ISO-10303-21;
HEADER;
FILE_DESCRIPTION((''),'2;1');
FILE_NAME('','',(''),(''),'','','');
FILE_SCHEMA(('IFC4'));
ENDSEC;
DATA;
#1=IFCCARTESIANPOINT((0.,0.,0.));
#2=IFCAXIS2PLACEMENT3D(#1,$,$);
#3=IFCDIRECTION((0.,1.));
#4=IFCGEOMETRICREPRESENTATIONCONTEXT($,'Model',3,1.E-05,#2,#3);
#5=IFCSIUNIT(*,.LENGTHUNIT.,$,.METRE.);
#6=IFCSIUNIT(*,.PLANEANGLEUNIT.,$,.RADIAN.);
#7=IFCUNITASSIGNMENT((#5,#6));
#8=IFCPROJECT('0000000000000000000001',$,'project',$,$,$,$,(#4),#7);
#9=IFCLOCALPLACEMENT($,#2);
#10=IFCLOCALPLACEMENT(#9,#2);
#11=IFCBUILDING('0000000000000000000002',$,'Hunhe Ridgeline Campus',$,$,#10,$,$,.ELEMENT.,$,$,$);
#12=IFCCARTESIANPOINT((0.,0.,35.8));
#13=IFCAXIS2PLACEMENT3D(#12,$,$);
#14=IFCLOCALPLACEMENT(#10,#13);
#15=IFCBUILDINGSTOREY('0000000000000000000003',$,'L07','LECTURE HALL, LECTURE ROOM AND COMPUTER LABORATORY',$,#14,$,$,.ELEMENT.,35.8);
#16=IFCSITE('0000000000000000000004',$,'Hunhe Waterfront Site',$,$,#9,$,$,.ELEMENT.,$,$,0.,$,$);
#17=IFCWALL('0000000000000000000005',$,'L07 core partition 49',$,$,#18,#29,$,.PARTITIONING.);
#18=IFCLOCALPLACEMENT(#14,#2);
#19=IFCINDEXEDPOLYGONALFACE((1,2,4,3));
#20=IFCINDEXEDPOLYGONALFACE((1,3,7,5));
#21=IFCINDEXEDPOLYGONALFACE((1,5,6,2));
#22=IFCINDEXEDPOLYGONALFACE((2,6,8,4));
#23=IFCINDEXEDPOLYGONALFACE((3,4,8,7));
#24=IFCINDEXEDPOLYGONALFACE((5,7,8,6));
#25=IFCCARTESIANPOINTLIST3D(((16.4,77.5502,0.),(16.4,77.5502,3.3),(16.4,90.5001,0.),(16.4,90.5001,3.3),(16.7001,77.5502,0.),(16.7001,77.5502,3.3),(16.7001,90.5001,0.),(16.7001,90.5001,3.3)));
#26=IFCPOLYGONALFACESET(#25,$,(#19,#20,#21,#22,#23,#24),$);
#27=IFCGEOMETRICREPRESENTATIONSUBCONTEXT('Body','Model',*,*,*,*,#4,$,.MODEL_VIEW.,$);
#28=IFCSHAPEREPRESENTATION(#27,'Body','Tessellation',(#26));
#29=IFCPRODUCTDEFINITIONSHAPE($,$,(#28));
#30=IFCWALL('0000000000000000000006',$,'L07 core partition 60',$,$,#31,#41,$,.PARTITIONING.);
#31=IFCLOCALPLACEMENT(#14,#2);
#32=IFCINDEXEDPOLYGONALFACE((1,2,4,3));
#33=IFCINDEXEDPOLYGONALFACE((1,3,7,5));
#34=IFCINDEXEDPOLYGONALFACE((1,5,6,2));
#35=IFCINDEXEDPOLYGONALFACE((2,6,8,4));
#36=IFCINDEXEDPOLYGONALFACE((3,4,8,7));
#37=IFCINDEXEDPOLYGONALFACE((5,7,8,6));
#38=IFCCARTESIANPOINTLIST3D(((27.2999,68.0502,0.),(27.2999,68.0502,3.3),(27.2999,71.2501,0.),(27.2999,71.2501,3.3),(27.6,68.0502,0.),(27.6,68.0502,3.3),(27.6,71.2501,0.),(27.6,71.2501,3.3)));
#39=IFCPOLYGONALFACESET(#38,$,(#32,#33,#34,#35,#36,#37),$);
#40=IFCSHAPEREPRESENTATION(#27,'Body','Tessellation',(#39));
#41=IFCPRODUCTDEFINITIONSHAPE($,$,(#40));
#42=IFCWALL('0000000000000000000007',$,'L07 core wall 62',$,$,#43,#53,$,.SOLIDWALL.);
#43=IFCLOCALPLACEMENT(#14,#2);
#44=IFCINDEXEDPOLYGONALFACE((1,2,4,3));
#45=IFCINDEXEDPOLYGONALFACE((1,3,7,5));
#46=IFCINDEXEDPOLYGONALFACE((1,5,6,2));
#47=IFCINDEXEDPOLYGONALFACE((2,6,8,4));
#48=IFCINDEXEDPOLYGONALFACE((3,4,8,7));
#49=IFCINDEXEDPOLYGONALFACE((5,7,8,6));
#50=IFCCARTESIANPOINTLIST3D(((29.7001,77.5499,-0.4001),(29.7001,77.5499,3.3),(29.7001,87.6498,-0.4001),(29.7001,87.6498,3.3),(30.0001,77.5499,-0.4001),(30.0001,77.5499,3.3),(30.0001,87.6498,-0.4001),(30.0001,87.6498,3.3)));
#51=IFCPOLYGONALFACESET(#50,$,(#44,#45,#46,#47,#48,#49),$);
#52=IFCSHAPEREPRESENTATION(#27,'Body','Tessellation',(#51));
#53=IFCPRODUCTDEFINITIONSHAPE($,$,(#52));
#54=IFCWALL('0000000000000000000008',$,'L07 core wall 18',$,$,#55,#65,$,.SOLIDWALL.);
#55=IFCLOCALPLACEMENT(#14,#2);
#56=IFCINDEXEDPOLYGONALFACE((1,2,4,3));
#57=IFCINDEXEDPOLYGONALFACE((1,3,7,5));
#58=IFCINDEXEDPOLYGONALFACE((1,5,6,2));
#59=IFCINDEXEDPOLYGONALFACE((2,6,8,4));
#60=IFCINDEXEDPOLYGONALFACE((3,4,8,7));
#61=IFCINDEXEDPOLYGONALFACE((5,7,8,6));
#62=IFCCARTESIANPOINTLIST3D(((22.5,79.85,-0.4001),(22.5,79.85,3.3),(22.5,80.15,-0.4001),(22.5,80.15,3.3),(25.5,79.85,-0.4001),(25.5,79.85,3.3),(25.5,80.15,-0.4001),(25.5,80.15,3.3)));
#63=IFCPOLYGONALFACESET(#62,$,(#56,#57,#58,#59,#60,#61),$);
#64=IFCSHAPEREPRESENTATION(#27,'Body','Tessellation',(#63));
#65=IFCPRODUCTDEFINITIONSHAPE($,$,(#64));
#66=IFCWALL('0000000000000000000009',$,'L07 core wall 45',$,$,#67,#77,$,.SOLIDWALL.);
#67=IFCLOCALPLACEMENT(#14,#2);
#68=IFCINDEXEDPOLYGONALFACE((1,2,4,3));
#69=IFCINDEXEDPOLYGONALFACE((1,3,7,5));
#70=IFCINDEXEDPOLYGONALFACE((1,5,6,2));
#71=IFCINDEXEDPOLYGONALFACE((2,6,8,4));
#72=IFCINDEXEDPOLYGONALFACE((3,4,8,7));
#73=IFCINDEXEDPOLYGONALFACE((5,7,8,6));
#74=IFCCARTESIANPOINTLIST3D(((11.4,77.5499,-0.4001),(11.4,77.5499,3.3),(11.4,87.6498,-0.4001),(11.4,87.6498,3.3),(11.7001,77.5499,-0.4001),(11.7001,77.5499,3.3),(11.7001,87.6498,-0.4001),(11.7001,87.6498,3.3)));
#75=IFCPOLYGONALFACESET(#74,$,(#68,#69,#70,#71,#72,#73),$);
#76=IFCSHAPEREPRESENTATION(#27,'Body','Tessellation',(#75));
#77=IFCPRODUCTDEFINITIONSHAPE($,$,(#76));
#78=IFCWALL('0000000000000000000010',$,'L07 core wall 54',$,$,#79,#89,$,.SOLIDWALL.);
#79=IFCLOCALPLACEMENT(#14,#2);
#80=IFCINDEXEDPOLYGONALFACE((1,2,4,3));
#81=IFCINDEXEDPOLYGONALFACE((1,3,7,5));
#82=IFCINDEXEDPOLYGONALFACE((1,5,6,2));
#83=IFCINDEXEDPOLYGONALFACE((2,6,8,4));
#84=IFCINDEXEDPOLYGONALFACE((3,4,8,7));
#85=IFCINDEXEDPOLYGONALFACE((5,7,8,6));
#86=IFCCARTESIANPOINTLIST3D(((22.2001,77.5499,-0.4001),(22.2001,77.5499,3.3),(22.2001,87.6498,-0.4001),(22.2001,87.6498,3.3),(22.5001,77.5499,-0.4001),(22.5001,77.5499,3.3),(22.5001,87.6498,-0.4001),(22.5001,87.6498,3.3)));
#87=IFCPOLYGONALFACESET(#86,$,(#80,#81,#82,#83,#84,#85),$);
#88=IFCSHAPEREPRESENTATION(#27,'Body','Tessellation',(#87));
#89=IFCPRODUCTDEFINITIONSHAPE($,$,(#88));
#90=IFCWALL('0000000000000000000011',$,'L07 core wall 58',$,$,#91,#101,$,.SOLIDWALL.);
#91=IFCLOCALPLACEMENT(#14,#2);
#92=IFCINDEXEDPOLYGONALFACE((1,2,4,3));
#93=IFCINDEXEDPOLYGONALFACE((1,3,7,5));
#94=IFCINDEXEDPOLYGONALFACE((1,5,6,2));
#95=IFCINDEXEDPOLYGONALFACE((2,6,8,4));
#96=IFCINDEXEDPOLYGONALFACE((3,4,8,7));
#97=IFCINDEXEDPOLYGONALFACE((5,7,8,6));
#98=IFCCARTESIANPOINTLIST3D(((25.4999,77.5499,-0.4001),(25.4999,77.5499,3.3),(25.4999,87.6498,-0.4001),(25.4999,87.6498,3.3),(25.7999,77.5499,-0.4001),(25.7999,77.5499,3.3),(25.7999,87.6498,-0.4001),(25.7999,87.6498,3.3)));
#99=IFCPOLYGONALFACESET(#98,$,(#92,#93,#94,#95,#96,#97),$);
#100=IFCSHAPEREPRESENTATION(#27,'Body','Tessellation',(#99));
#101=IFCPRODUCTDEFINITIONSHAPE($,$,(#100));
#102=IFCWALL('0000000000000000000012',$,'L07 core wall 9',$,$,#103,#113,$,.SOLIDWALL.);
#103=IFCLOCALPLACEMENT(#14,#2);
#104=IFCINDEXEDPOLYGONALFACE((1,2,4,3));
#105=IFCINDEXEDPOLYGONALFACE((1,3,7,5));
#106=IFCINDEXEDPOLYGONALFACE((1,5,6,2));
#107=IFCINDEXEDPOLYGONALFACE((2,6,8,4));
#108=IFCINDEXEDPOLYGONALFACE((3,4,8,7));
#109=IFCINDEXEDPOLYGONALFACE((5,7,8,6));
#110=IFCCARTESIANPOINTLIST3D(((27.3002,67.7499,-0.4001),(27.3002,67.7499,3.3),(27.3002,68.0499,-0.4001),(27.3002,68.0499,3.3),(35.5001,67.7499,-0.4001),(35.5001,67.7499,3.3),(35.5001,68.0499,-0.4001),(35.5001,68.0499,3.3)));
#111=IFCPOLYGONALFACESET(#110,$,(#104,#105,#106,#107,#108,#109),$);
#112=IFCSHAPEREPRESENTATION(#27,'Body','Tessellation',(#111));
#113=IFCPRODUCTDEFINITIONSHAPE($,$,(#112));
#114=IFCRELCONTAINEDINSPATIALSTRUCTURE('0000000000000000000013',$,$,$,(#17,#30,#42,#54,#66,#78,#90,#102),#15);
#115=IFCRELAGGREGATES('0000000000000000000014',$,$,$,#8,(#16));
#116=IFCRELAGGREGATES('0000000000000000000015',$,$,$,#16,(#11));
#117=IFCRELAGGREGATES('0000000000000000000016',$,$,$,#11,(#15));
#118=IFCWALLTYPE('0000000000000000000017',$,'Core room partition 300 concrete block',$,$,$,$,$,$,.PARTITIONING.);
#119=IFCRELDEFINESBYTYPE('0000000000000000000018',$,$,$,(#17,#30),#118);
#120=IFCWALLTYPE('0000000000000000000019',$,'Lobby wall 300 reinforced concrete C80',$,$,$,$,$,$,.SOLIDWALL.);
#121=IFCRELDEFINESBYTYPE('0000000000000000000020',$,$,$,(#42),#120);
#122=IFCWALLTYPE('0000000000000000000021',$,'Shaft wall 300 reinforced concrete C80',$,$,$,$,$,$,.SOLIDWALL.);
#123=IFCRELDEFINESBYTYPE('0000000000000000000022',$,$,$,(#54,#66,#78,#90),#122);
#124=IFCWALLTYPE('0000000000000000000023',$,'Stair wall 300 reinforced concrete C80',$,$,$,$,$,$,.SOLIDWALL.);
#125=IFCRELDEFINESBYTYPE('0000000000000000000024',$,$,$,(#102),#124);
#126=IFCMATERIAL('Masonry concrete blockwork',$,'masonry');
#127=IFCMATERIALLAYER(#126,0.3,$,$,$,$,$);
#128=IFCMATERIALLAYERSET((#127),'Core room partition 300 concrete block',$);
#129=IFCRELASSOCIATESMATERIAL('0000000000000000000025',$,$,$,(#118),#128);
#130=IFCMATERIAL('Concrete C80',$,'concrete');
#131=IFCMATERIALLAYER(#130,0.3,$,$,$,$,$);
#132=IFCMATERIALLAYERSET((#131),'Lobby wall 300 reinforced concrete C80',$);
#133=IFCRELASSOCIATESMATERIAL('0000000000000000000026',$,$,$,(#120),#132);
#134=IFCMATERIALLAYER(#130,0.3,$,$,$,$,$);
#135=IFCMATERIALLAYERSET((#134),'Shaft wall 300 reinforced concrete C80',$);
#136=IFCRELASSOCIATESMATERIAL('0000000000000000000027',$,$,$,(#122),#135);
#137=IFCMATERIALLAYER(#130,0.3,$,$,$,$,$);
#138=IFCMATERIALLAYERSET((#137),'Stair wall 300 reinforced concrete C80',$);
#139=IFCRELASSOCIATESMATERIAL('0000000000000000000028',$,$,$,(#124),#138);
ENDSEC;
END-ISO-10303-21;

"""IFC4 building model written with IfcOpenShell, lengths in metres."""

from ifc_helpers import new_model, si_unit, direction, frame, frame_2d, origin, place, context, subcontext, project, spatial, rectangle, extrude, material, layer, layer_set, type_object, element, save


model = new_model("IFC4")

# Units and contexts
model_context = context("Model", 3, precision=1e-05, world=origin(), true_north=direction((0.0, 1.0)))
body_context = subcontext(model_context, "Body", "Model", "MODEL_VIEW")
ifc_project = project(units=[si_unit("LENGTHUNIT", "METRE"), si_unit("PLANEANGLEUNIT", "RADIAN")], contexts=[model_context])

# Site, building, storey
site_placement = place(None, origin())
site = spatial("IfcSite", under=ifc_project, at=site_placement, Name="Hunhe Waterfront Site", CompositionType="ELEMENT", RefElevation=0.0)
building_placement = place(site_placement, origin())
building = spatial("IfcBuilding", under=site, at=building_placement, Name="Hunhe Ridgeline Campus", CompositionType="ELEMENT")
storey_placement = place(building_placement, frame((0.0, 0.0, 35.8)))
storey = spatial("IfcBuildingStorey", under=building, at=storey_placement, Name="L07", Description="LECTURE HALL, LECTURE ROOM AND COMPUTER LABORATORY", CompositionType="ELEMENT", Elevation=35.8)

# Shared definitions
ifc_material_1 = material(Name="Masonry concrete blockwork", Category="masonry")
ifc_layer_1 = layer(ifc_material_1, 0.3)
ifc_layer_set_1 = layer_set([ifc_layer_1], Name="Core room partition 300 concrete block")
wall_type_1 = type_object("IfcWallType", Name="Core room partition 300 concrete block", PredefinedType="PARTITIONING", material=ifc_layer_set_1)

# Walls
wall_1_placement = place(storey_placement, frame((16.55, 77.55, 0.0), z_axis=(0.0, 0.0, 1.0), x_axis=(0.0, 1.0, 0.0)))
element("IfcWall", 1, at=wall_1_placement, inside=storey, type_object=wall_type_1, Name="L07 core partition 49", PredefinedType="PARTITIONING", context=body_context, shape_type="SweptSolid", body=[
    extrude(rectangle(XDim=12.95, YDim=0.3, at=frame_2d((6.4751, 0.0))), origin(), (0.0, 0.0, 1.0), 3.3),
])
wall_2_placement = place(storey_placement, frame((27.45, 68.05, 0.0), z_axis=(0.0, 0.0, 1.0), x_axis=(0.0, 1.0, 0.0)))
element("IfcWall", 2, at=wall_2_placement, inside=storey, type_object=wall_type_1, Name="L07 core partition 60", PredefinedType="PARTITIONING", context=body_context, shape_type="SweptSolid", body=[
    extrude(rectangle(XDim=3.2, YDim=0.3, at=frame_2d((1.6001, 0.0))), origin(), (0.0, 0.0, 1.0), 3.3),
])
ifc_material_2 = material(Name="Concrete C80", Category="concrete")
ifc_layer_2 = layer(ifc_material_2, 0.3)
ifc_layer_set_2 = layer_set([ifc_layer_2], Name="Lobby wall 300 reinforced concrete C80")
wall_type_2 = type_object("IfcWallType", Name="Lobby wall 300 reinforced concrete C80", PredefinedType="SOLIDWALL", material=ifc_layer_set_2)
wall_3_placement = place(storey_placement, frame((29.8501, 77.55, -0.4001), z_axis=(0.0, 0.0, 1.0), x_axis=(0.0, 1.0, 0.0)))
element("IfcWall", 3, at=wall_3_placement, inside=storey, type_object=wall_type_2, Name="L07 core wall 62", PredefinedType="SOLIDWALL", context=body_context, shape_type="SweptSolid", body=[
    extrude(rectangle(XDim=10.0999, YDim=0.3, at=frame_2d((5.0498, 0.0))), origin(), (0.0, 0.0, 1.0), 3.7002),
])
ifc_layer_3 = layer(ifc_material_2, 0.3)
ifc_layer_set_3 = layer_set([ifc_layer_3], Name="Shaft wall 300 reinforced concrete C80")
wall_type_3 = type_object("IfcWallType", Name="Shaft wall 300 reinforced concrete C80", PredefinedType="SOLIDWALL", material=ifc_layer_set_3)
wall_4_placement = place(storey_placement, frame((22.5, 80.0, -0.4001), z_axis=(0.0, 0.0, 1.0), x_axis=(1.0, 0.0, 0.0)))
element("IfcWall", 4, at=wall_4_placement, inside=storey, type_object=wall_type_3, Name="L07 core wall 18", PredefinedType="SOLIDWALL", context=body_context, shape_type="SweptSolid", body=[
    extrude(rectangle(XDim=3.0, YDim=0.3, at=frame_2d((1.5, 0.0))), origin(), (0.0, 0.0, 1.0), 3.7002),
])
for number, where, z_axis, x_axis, name in (
    (5, (11.55, 77.55, -0.4001), (0.0, 0.0, 1.0), (0.0, 1.0, 0.0), "L07 core wall 45"),
    (6, (22.3501, 77.55, -0.4001), (0.0, 0.0, 1.0), (0.0, 1.0, 0.0), "L07 core wall 54"),
    (7, (25.6499, 77.55, -0.4001), (0.0, 0.0, 1.0), (0.0, 1.0, 0.0), "L07 core wall 58"),
):
    element("IfcWall", number, at=place(storey_placement, frame(where, z_axis=z_axis, x_axis=x_axis)), inside=storey, type_object=wall_type_3, Name=name, PredefinedType="SOLIDWALL", context=body_context, shape_type="SweptSolid", body=[
        extrude(rectangle(XDim=10.0999, YDim=0.3, at=frame_2d((5.0498, 0.0))), origin(), (0.0, 0.0, 1.0), 3.7002),
    ])
ifc_layer_4 = layer(ifc_material_2, 0.3)
ifc_layer_set_4 = layer_set([ifc_layer_4], Name="Stair wall 300 reinforced concrete C80")
wall_type_4 = type_object("IfcWallType", Name="Stair wall 300 reinforced concrete C80", PredefinedType="SOLIDWALL", material=ifc_layer_set_4)
wall_5_placement = place(storey_placement, frame((27.3, 67.8999, -0.4001), z_axis=(0.0, 0.0, 1.0), x_axis=(1.0, 0.0, 0.0)))
element("IfcWall", 8, at=wall_5_placement, inside=storey, type_object=wall_type_4, Name="L07 core wall 9", PredefinedType="SOLIDWALL", context=body_context, shape_type="SweptSolid", body=[
    extrude(rectangle(XDim=8.2, YDim=0.3, at=frame_2d((4.1001, 0.0))), origin(), (0.0, 0.0, 1.0), 3.7002),
])

save(model, "model.ifc")
